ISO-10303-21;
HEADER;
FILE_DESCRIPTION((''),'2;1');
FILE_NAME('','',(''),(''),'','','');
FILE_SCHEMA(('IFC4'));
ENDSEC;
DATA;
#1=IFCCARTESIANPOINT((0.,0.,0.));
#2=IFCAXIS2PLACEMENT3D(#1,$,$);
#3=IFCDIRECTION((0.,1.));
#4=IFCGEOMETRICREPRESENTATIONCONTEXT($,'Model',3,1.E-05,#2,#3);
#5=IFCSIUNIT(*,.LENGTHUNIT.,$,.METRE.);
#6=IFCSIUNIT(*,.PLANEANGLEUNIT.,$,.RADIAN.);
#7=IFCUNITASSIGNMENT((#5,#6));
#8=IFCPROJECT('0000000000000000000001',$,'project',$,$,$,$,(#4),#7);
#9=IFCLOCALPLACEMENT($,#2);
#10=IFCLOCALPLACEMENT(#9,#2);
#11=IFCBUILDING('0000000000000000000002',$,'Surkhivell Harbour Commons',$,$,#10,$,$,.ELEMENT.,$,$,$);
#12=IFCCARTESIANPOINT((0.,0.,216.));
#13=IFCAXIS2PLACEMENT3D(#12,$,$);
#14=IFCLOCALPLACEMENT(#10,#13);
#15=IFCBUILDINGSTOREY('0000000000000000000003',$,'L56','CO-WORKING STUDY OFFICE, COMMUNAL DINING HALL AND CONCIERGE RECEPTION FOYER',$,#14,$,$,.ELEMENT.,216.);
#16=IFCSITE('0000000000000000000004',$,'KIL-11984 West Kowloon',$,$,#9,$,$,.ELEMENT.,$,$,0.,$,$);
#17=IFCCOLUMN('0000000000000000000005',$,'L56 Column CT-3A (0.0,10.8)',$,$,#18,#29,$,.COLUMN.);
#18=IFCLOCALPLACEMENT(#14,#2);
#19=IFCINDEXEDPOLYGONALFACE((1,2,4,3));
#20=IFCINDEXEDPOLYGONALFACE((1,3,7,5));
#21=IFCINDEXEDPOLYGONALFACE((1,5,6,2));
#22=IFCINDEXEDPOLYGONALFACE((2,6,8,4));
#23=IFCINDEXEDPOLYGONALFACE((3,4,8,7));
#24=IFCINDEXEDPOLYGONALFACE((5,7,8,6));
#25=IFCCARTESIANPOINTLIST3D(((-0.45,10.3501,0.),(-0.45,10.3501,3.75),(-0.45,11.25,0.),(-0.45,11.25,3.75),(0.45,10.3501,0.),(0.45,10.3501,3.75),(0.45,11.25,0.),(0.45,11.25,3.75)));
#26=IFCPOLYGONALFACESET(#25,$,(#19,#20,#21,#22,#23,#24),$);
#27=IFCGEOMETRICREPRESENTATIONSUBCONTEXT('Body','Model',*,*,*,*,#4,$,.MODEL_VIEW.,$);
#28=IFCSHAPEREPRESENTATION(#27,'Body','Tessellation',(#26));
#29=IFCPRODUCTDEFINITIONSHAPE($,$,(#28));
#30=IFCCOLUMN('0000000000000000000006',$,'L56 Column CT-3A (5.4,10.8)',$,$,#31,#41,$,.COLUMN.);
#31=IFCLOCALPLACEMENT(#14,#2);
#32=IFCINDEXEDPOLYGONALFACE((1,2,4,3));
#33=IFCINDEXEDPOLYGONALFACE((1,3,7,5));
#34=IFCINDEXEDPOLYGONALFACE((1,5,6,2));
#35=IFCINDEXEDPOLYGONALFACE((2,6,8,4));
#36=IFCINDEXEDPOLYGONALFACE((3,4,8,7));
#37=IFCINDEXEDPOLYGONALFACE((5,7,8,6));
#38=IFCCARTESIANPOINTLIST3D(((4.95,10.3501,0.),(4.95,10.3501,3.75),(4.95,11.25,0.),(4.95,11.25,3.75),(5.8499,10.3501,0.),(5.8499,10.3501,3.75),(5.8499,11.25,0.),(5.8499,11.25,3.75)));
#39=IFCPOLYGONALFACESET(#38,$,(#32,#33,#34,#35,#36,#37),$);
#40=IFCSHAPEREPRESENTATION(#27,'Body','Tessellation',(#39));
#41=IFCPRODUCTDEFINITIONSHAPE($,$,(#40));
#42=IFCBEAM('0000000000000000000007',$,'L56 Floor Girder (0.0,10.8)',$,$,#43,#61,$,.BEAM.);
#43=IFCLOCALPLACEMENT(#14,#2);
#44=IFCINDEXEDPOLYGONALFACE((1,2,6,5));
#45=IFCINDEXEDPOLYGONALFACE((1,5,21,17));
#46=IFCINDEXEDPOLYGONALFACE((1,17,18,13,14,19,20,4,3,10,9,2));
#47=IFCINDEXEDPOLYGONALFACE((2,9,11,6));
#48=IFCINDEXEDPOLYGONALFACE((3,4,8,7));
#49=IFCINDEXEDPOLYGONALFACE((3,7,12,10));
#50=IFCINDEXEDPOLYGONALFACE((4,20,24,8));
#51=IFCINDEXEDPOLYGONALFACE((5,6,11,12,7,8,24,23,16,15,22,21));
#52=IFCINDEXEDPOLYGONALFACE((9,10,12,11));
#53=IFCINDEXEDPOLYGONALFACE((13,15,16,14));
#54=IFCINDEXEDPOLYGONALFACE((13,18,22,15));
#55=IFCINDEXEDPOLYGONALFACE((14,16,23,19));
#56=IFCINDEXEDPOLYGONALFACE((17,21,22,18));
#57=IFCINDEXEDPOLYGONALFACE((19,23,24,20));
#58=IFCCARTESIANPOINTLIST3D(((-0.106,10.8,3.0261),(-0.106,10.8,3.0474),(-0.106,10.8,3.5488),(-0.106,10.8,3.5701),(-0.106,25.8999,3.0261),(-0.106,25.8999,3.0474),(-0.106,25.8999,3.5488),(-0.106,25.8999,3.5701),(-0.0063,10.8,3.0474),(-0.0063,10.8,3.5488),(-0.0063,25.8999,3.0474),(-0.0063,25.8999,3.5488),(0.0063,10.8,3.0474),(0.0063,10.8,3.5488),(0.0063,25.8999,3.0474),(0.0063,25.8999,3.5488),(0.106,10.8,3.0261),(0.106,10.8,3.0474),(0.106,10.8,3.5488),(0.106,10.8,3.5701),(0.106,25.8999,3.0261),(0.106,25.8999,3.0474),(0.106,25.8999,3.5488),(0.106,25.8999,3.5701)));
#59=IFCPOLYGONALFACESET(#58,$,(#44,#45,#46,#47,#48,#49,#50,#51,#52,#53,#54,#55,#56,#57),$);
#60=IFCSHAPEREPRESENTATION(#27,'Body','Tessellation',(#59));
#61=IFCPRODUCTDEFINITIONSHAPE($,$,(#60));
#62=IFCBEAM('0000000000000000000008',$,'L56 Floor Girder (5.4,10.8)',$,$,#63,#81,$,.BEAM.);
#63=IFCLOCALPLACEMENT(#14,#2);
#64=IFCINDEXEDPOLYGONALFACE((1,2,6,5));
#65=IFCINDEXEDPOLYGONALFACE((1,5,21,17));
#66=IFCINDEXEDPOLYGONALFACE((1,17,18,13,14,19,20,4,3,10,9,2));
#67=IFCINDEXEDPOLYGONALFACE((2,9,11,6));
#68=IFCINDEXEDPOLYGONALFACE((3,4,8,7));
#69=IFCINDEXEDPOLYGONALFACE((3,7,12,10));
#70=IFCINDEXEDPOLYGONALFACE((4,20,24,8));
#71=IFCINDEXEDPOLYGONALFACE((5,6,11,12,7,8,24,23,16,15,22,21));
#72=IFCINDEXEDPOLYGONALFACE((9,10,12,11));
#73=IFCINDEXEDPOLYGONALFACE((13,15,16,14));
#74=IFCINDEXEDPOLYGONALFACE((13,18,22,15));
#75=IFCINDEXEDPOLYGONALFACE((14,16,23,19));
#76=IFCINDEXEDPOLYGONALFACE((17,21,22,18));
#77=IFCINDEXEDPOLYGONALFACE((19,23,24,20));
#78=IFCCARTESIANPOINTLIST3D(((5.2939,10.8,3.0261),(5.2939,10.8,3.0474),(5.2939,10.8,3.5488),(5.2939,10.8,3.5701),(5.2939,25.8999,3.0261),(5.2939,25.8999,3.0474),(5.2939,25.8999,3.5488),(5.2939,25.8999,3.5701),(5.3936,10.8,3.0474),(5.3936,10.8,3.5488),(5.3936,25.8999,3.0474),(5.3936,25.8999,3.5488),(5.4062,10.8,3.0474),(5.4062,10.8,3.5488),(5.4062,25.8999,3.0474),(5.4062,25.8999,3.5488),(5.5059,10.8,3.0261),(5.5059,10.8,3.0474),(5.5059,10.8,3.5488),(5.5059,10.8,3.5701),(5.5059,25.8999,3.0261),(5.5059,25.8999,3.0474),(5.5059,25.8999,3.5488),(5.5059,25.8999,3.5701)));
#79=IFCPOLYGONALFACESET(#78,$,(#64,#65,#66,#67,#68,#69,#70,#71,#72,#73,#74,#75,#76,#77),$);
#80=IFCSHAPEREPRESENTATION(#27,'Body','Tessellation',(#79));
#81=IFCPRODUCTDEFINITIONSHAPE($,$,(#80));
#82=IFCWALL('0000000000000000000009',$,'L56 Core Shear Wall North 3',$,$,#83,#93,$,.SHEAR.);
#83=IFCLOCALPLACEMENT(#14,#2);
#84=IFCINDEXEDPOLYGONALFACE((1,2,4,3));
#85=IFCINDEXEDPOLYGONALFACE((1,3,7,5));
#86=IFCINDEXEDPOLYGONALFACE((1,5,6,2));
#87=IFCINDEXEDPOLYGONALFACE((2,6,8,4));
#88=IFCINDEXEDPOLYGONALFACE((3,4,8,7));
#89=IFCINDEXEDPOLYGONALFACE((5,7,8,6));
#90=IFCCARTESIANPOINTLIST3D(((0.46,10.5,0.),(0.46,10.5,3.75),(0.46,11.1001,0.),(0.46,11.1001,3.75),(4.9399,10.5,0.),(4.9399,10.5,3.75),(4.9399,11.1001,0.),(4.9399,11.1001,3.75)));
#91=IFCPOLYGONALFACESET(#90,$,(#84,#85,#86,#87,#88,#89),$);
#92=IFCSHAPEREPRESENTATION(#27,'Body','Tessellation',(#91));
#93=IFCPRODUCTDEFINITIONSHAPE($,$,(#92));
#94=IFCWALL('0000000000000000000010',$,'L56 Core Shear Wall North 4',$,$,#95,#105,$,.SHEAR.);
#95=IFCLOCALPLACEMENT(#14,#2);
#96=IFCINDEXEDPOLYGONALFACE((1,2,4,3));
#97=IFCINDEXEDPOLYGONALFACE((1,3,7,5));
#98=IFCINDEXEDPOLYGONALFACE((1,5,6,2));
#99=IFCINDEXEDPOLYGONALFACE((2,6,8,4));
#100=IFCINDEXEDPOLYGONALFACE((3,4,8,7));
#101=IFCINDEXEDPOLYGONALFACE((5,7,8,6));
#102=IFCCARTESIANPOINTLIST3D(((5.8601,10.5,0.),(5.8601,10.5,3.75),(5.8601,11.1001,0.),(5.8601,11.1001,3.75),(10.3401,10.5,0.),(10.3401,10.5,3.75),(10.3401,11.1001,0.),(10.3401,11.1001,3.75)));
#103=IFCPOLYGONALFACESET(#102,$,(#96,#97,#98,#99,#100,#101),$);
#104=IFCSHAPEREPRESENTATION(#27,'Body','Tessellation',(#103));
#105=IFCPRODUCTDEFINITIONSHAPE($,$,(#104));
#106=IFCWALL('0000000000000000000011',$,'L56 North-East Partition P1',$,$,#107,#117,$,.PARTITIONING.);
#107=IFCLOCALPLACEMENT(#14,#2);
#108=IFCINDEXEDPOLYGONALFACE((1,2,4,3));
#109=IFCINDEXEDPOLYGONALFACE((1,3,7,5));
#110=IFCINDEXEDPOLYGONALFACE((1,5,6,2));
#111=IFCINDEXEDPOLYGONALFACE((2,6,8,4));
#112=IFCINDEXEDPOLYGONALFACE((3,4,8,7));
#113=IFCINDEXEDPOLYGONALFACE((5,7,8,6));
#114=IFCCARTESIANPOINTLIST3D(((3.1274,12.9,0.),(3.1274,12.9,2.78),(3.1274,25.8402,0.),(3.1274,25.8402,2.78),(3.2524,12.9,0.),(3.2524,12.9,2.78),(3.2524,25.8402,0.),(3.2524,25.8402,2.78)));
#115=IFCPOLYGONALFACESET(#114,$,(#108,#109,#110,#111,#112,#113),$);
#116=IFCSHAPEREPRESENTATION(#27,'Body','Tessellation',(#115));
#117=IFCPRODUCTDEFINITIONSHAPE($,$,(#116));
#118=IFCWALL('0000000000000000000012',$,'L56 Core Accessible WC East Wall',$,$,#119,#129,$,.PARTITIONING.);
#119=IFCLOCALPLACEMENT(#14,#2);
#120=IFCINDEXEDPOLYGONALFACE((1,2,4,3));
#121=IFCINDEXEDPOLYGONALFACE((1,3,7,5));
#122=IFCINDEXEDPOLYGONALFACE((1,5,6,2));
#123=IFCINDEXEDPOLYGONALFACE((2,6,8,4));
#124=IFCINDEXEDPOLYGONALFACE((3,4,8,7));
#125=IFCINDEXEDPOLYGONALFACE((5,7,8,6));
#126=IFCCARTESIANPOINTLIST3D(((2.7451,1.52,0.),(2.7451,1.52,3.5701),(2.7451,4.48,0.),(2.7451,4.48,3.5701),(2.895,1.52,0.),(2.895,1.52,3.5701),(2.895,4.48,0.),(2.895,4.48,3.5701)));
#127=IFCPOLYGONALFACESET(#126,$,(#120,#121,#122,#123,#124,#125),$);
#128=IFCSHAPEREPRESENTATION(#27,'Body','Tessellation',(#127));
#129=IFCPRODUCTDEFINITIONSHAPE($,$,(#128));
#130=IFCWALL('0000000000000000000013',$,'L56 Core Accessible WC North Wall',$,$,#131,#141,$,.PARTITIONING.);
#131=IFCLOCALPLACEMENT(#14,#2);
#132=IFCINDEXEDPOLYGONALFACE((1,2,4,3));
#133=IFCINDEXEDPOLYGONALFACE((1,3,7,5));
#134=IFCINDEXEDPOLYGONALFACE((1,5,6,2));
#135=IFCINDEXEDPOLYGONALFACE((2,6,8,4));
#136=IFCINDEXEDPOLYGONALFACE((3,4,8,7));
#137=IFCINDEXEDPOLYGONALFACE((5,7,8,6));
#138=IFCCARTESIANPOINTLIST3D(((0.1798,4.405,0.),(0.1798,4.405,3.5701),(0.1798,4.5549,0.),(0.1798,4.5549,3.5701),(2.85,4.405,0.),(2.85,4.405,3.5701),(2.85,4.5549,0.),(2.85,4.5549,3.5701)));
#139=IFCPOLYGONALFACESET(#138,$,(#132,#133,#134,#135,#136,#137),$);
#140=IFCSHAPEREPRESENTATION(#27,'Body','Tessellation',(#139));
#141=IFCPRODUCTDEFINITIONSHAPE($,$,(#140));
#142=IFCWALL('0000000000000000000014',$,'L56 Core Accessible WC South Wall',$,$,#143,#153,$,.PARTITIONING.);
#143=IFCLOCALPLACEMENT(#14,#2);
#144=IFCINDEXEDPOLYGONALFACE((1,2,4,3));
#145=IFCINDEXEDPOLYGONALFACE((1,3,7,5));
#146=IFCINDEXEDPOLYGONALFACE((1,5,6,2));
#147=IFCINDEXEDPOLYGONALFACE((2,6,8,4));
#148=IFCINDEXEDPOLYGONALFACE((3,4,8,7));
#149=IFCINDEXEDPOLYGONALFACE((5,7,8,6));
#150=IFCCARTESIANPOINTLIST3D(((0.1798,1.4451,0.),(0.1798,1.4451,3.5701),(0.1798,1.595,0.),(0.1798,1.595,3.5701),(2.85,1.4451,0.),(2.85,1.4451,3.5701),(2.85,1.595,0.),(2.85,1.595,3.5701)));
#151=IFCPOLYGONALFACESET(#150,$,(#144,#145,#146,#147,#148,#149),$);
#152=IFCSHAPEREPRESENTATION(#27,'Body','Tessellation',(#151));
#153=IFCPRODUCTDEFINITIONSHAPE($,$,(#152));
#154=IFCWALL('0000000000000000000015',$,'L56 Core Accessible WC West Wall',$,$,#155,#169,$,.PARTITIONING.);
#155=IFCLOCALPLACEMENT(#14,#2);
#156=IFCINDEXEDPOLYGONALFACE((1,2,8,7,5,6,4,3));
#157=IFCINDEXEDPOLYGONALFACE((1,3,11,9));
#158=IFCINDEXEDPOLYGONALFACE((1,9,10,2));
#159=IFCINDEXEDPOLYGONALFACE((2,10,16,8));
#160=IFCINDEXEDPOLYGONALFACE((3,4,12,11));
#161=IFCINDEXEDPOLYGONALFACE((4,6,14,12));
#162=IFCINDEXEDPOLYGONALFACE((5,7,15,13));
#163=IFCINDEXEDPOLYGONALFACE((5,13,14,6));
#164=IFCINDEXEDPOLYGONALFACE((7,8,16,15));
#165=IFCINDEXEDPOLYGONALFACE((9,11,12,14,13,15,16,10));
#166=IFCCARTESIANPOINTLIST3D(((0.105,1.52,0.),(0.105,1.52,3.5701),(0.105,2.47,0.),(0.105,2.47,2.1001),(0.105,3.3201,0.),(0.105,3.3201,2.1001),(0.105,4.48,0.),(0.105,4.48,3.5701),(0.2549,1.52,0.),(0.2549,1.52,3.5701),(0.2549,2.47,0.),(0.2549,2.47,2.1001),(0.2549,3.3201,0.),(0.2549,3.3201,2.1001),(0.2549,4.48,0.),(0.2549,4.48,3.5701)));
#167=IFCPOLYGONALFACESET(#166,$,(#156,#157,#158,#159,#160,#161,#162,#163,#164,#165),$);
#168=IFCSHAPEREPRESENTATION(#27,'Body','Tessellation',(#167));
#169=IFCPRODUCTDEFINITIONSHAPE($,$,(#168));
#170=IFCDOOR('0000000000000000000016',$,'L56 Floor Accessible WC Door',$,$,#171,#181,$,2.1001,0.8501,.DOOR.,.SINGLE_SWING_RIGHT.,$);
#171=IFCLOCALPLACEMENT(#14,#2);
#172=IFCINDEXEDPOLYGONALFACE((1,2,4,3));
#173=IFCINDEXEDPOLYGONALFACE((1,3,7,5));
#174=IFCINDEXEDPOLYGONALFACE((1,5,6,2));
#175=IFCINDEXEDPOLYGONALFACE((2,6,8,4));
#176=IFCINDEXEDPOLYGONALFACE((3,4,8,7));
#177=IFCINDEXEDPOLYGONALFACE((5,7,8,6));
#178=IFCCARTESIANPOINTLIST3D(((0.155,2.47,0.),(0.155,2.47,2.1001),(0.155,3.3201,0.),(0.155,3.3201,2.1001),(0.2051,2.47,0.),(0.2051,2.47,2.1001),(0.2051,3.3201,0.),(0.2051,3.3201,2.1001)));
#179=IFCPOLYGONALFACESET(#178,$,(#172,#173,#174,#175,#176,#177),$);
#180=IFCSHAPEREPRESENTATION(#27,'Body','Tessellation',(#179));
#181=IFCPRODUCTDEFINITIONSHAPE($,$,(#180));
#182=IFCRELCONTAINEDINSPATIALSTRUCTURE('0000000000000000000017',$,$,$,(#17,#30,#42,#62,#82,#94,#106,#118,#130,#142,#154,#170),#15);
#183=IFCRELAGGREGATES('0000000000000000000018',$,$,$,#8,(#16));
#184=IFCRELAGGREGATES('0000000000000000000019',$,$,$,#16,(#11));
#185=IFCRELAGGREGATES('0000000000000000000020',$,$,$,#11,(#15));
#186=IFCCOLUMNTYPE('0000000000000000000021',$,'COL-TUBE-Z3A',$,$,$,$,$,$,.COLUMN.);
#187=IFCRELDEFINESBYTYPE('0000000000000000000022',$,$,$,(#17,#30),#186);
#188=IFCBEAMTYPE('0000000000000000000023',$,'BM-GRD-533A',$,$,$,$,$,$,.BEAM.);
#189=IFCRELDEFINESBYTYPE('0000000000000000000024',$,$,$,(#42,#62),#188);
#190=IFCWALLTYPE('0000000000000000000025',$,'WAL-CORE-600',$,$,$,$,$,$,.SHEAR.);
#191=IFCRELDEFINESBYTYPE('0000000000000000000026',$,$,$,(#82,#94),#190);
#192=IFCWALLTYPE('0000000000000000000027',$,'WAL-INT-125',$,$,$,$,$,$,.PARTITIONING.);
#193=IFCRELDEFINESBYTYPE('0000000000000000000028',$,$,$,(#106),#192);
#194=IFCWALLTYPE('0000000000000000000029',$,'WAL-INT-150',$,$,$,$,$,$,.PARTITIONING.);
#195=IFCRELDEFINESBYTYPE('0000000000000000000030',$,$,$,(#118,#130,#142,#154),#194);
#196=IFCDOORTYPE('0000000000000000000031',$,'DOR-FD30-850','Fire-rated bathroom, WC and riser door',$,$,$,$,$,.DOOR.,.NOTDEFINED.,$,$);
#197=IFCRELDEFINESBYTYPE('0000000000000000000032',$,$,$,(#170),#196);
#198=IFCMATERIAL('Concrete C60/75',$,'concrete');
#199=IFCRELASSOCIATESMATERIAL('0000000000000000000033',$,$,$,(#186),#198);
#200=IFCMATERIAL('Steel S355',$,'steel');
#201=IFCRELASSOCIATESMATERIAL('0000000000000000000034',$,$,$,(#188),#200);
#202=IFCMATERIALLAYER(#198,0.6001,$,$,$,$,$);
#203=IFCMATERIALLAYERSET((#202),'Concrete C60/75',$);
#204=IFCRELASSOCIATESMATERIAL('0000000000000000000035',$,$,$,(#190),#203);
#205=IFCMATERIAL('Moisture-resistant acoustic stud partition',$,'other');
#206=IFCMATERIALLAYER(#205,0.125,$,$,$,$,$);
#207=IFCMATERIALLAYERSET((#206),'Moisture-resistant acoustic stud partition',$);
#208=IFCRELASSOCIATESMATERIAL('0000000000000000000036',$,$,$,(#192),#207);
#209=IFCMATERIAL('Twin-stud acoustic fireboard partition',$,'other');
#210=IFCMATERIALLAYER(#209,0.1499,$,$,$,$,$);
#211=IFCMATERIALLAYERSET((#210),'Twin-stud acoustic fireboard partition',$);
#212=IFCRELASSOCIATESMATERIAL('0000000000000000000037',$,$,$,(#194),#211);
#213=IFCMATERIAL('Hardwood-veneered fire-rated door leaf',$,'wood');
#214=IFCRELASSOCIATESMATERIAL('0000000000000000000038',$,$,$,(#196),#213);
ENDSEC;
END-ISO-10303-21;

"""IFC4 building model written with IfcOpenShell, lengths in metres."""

from ifc_helpers import new_model, si_unit, direction, frame, frame_2d, origin, origin_2d, place, context, subcontext, project, spatial, rectangle, i_section, extrude, material, layer, layer_set, material_profile, profile_set, type_object, element, fill, save


model = new_model("IFC4")

# Units and contexts
model_context = context("Model", 3, precision=1e-05, world=origin(), true_north=direction((0.0, 1.0)))
body_context = subcontext(model_context, "Body", "Model", "MODEL_VIEW")
ifc_project = project(units=[si_unit("LENGTHUNIT", "METRE"), si_unit("PLANEANGLEUNIT", "RADIAN")], contexts=[model_context])

# Site, building, storey
site_placement = place(None, origin())
site = spatial("IfcSite", under=ifc_project, at=site_placement, Name="KIL-11984 West Kowloon", CompositionType="ELEMENT", RefElevation=0.0)
building_placement = place(site_placement, origin())
building = spatial("IfcBuilding", under=site, at=building_placement, Name="Surkhivell Harbour Commons", CompositionType="ELEMENT")
storey_placement = place(building_placement, frame((0.0, 0.0, 216.0)))
storey = spatial("IfcBuildingStorey", under=building, at=storey_placement, Name="L56", Description="CO-WORKING STUDY OFFICE, COMMUNAL DINING HALL AND CONCIERGE RECEPTION FOYER", CompositionType="ELEMENT", Elevation=216.0)

# Columns
ifc_material_1 = material(Name="Concrete C60/75", Category="concrete")
ifc_material_profile_1 = material_profile(ifc_material_1, rectangle(XDim=0.8999, YDim=0.8999, at=origin_2d()), Name="RC-COL-900x900")
ifc_profile_set_1 = profile_set([ifc_material_profile_1], Name="Concrete C60/75")
column_type = type_object("IfcColumnType", Name="COL-TUBE-Z3A", PredefinedType="COLUMN", material=ifc_profile_set_1)
for number, where, z_axis, x_axis, name in (
    (1, (0.0, 10.8, 0.0), (0.0, 0.0, 1.0), (1.0, 0.0, 0.0), "L56 Column CT-3A (0.0,10.8)"),
    (2, (5.3999, 10.8, 0.0), (0.0, 0.0, 1.0), (1.0, 0.0, 0.0), "L56 Column CT-3A (5.4,10.8)"),
):
    element("IfcColumn", number, at=place(storey_placement, frame(where, z_axis=z_axis, x_axis=x_axis)), inside=storey, type_object=column_type, Name=name, PredefinedType="COLUMN", context=body_context, shape_type="SweptSolid", body=[
        extrude(rectangle(XDim=0.8999, YDim=0.8999, at=origin_2d()), origin(), (0.0, 0.0, 1.0), 3.75),
    ])

# Beams
ifc_material_2 = material(Name="Steel S355", Category="steel")
ifc_material_profile_2 = material_profile(ifc_material_2, i_section(OverallWidth=0.2119, OverallDepth=0.5439, WebThickness=0.0127, FlangeThickness=0.0212, at=origin_2d()), Name="UB533x210x122")
ifc_profile_set_2 = profile_set([ifc_material_profile_2], Name="Steel S355")
beam_type = type_object("IfcBeamType", Name="BM-GRD-533A", PredefinedType="BEAM", material=ifc_profile_set_2)
for number, where, z_axis, x_axis, name in (
    (3, (0.0, 10.8, 3.2981), (0.0, 1.0, 0.0), (-1.0, 0.0, 0.0), "L56 Floor Girder (0.0,10.8)"),
    (4, (5.3999, 10.8, 3.2981), (0.0, 1.0, 0.0), (-1.0, 0.0, 0.0), "L56 Floor Girder (5.4,10.8)"),
):
    element("IfcBeam", number, at=place(storey_placement, frame(where, z_axis=z_axis, x_axis=x_axis)), inside=storey, type_object=beam_type, Name=name, PredefinedType="BEAM", context=body_context, shape_type="SweptSolid", body=[
        extrude(i_section(OverallWidth=0.2119, OverallDepth=0.5439, WebThickness=0.0127, FlangeThickness=0.0212, at=origin_2d()), origin(), (0.0, 0.0, 1.0), 15.0999),
    ])

# Walls
ifc_layer_1 = layer(ifc_material_1, 0.6001)
ifc_layer_set_1 = layer_set([ifc_layer_1], Name="Concrete C60/75")
wall_type_1 = type_object("IfcWallType", Name="WAL-CORE-600", PredefinedType="SHEAR", material=ifc_layer_set_1)
for number, where, z_axis, x_axis, name in (
    (5, (0.46, 10.8, 0.0), (0.0, 0.0, 1.0), (1.0, 0.0, 0.0), "L56 Core Shear Wall North 3"),
    (6, (5.8601, 10.8, 0.0), (0.0, 0.0, 1.0), (1.0, 0.0, 0.0), "L56 Core Shear Wall North 4"),
):
    element("IfcWall", number, at=place(storey_placement, frame(where, z_axis=z_axis, x_axis=x_axis)), inside=storey, type_object=wall_type_1, Name=name, PredefinedType="SHEAR", context=body_context, shape_type="SweptSolid", body=[
        extrude(rectangle(XDim=4.48, YDim=0.6001, at=frame_2d((2.24, 0.0))), origin(), (0.0, 0.0, 1.0), 3.75),
    ])
ifc_material_3 = material(Name="Moisture-resistant acoustic stud partition", Category="other")
ifc_layer_2 = layer(ifc_material_3, 0.125)
ifc_layer_set_2 = layer_set([ifc_layer_2], Name="Moisture-resistant acoustic stud partition")
wall_type_2 = type_object("IfcWallType", Name="WAL-INT-125", PredefinedType="PARTITIONING", material=ifc_layer_set_2)
wall_1_placement = place(storey_placement, frame((3.1899, 12.8999, 0.0), z_axis=(0.0, 0.0, 1.0), x_axis=(0.0, 1.0, 0.0)))
element("IfcWall", 7, at=wall_1_placement, inside=storey, type_object=wall_type_2, Name="L56 North-East Partition P1", PredefinedType="PARTITIONING", context=body_context, shape_type="SweptSolid", body=[
    extrude(rectangle(XDim=12.9402, YDim=0.125, at=frame_2d((6.4702, 0.0))), origin(), (0.0, 0.0, 1.0), 2.78),
])
ifc_material_4 = material(Name="Twin-stud acoustic fireboard partition", Category="other")
ifc_layer_3 = layer(ifc_material_4, 0.1499)
ifc_layer_set_3 = layer_set([ifc_layer_3], Name="Twin-stud acoustic fireboard partition")
wall_type_3 = type_object("IfcWallType", Name="WAL-INT-150", PredefinedType="PARTITIONING", material=ifc_layer_set_3)
wall_2_placement = place(storey_placement, frame((2.8201, 1.52, 0.0), z_axis=(0.0, 0.0, 1.0), x_axis=(0.0, 1.0, 0.0)))
element("IfcWall", 8, at=wall_2_placement, inside=storey, type_object=wall_type_3, Name="L56 Core Accessible WC East Wall", PredefinedType="PARTITIONING", context=body_context, shape_type="SweptSolid", body=[
    extrude(rectangle(XDim=2.96, YDim=0.1499, at=frame_2d((1.48, 0.0))), origin(), (0.0, 0.0, 1.0), 3.5701),
])
for number, where, z_axis, x_axis, name in (
    (9, (0.1799, 4.48, 0.0), (0.0, 0.0, 1.0), (1.0, 0.0, 0.0), "L56 Core Accessible WC North Wall"),
    (10, (0.1799, 1.52, 0.0), (0.0, 0.0, 1.0), (1.0, 0.0, 0.0), "L56 Core Accessible WC South Wall"),
):
    element("IfcWall", number, at=place(storey_placement, frame(where, z_axis=z_axis, x_axis=x_axis)), inside=storey, type_object=wall_type_3, Name=name, PredefinedType="PARTITIONING", context=body_context, shape_type="SweptSolid", body=[
        extrude(rectangle(XDim=2.6702, YDim=0.1499, at=frame_2d((1.335, 0.0))), origin(), (0.0, 0.0, 1.0), 3.5701),
    ])

# Wall, opening, door
wall_3_placement = place(storey_placement, frame((0.1799, 1.52, 0.0), z_axis=(0.0, 0.0, 1.0), x_axis=(0.0, 1.0, 0.0)))
wall_3 = element("IfcWall", 11, at=wall_3_placement, inside=storey, type_object=wall_type_3, Name="L56 Core Accessible WC West Wall", PredefinedType="PARTITIONING", context=body_context, shape_type="SweptSolid", body=[
    extrude(rectangle(XDim=2.96, YDim=0.1499, at=frame_2d((1.48, 0.0))), origin(), (0.0, 0.0, 1.0), 3.5701),
])
opening_1_placement = place(wall_3_placement, frame((0.95, 0.0, 0.0)))
opening_1 = element("IfcOpeningElement", 12, at=opening_1_placement, cuts=wall_3, PredefinedType="OPENING", context=body_context, shape_type="SweptSolid", body=[
    extrude(rectangle(XDim=0.8501, YDim=2.1001, at=frame_2d((0.425, 1.05))), frame((0.0, 0.085, 0.0), z_axis=(0.0, -1.0, 0.0), x_axis=(1.0, 0.0, 0.0)), (0.0, 0.0, 1.0), 0.1699),
])
ifc_material_5 = material(Name="Hardwood-veneered fire-rated door leaf", Category="wood")
door_type_1 = type_object("IfcDoorType", Name="DOR-FD30-850", Description="Fire-rated bathroom, WC and riser door", OperationType="NOTDEFINED", PredefinedType="DOOR", material=ifc_material_5)
door_1_placement = place(opening_1_placement, origin())
door_1 = element("IfcDoor", 13, at=door_1_placement, inside=storey, type_object=door_type_1, Name="L56 Floor Accessible WC Door", OperationType="SINGLE_SWING_RIGHT", OverallHeight=2.1001, OverallWidth=0.8501, PredefinedType="DOOR", context=body_context, shape_type="SweptSolid", body=[
    extrude(rectangle(XDim=0.8501, YDim=2.1001, at=frame_2d((0.425, 1.05))), frame((0.0, 0.0249, 0.0), z_axis=(0.0, -1.0, 0.0), x_axis=(1.0, 0.0, 0.0)), (0.0, 0.0, 1.0), 0.05),
])
fill(opening_1, door_1)

save(model, "model.ifc")
